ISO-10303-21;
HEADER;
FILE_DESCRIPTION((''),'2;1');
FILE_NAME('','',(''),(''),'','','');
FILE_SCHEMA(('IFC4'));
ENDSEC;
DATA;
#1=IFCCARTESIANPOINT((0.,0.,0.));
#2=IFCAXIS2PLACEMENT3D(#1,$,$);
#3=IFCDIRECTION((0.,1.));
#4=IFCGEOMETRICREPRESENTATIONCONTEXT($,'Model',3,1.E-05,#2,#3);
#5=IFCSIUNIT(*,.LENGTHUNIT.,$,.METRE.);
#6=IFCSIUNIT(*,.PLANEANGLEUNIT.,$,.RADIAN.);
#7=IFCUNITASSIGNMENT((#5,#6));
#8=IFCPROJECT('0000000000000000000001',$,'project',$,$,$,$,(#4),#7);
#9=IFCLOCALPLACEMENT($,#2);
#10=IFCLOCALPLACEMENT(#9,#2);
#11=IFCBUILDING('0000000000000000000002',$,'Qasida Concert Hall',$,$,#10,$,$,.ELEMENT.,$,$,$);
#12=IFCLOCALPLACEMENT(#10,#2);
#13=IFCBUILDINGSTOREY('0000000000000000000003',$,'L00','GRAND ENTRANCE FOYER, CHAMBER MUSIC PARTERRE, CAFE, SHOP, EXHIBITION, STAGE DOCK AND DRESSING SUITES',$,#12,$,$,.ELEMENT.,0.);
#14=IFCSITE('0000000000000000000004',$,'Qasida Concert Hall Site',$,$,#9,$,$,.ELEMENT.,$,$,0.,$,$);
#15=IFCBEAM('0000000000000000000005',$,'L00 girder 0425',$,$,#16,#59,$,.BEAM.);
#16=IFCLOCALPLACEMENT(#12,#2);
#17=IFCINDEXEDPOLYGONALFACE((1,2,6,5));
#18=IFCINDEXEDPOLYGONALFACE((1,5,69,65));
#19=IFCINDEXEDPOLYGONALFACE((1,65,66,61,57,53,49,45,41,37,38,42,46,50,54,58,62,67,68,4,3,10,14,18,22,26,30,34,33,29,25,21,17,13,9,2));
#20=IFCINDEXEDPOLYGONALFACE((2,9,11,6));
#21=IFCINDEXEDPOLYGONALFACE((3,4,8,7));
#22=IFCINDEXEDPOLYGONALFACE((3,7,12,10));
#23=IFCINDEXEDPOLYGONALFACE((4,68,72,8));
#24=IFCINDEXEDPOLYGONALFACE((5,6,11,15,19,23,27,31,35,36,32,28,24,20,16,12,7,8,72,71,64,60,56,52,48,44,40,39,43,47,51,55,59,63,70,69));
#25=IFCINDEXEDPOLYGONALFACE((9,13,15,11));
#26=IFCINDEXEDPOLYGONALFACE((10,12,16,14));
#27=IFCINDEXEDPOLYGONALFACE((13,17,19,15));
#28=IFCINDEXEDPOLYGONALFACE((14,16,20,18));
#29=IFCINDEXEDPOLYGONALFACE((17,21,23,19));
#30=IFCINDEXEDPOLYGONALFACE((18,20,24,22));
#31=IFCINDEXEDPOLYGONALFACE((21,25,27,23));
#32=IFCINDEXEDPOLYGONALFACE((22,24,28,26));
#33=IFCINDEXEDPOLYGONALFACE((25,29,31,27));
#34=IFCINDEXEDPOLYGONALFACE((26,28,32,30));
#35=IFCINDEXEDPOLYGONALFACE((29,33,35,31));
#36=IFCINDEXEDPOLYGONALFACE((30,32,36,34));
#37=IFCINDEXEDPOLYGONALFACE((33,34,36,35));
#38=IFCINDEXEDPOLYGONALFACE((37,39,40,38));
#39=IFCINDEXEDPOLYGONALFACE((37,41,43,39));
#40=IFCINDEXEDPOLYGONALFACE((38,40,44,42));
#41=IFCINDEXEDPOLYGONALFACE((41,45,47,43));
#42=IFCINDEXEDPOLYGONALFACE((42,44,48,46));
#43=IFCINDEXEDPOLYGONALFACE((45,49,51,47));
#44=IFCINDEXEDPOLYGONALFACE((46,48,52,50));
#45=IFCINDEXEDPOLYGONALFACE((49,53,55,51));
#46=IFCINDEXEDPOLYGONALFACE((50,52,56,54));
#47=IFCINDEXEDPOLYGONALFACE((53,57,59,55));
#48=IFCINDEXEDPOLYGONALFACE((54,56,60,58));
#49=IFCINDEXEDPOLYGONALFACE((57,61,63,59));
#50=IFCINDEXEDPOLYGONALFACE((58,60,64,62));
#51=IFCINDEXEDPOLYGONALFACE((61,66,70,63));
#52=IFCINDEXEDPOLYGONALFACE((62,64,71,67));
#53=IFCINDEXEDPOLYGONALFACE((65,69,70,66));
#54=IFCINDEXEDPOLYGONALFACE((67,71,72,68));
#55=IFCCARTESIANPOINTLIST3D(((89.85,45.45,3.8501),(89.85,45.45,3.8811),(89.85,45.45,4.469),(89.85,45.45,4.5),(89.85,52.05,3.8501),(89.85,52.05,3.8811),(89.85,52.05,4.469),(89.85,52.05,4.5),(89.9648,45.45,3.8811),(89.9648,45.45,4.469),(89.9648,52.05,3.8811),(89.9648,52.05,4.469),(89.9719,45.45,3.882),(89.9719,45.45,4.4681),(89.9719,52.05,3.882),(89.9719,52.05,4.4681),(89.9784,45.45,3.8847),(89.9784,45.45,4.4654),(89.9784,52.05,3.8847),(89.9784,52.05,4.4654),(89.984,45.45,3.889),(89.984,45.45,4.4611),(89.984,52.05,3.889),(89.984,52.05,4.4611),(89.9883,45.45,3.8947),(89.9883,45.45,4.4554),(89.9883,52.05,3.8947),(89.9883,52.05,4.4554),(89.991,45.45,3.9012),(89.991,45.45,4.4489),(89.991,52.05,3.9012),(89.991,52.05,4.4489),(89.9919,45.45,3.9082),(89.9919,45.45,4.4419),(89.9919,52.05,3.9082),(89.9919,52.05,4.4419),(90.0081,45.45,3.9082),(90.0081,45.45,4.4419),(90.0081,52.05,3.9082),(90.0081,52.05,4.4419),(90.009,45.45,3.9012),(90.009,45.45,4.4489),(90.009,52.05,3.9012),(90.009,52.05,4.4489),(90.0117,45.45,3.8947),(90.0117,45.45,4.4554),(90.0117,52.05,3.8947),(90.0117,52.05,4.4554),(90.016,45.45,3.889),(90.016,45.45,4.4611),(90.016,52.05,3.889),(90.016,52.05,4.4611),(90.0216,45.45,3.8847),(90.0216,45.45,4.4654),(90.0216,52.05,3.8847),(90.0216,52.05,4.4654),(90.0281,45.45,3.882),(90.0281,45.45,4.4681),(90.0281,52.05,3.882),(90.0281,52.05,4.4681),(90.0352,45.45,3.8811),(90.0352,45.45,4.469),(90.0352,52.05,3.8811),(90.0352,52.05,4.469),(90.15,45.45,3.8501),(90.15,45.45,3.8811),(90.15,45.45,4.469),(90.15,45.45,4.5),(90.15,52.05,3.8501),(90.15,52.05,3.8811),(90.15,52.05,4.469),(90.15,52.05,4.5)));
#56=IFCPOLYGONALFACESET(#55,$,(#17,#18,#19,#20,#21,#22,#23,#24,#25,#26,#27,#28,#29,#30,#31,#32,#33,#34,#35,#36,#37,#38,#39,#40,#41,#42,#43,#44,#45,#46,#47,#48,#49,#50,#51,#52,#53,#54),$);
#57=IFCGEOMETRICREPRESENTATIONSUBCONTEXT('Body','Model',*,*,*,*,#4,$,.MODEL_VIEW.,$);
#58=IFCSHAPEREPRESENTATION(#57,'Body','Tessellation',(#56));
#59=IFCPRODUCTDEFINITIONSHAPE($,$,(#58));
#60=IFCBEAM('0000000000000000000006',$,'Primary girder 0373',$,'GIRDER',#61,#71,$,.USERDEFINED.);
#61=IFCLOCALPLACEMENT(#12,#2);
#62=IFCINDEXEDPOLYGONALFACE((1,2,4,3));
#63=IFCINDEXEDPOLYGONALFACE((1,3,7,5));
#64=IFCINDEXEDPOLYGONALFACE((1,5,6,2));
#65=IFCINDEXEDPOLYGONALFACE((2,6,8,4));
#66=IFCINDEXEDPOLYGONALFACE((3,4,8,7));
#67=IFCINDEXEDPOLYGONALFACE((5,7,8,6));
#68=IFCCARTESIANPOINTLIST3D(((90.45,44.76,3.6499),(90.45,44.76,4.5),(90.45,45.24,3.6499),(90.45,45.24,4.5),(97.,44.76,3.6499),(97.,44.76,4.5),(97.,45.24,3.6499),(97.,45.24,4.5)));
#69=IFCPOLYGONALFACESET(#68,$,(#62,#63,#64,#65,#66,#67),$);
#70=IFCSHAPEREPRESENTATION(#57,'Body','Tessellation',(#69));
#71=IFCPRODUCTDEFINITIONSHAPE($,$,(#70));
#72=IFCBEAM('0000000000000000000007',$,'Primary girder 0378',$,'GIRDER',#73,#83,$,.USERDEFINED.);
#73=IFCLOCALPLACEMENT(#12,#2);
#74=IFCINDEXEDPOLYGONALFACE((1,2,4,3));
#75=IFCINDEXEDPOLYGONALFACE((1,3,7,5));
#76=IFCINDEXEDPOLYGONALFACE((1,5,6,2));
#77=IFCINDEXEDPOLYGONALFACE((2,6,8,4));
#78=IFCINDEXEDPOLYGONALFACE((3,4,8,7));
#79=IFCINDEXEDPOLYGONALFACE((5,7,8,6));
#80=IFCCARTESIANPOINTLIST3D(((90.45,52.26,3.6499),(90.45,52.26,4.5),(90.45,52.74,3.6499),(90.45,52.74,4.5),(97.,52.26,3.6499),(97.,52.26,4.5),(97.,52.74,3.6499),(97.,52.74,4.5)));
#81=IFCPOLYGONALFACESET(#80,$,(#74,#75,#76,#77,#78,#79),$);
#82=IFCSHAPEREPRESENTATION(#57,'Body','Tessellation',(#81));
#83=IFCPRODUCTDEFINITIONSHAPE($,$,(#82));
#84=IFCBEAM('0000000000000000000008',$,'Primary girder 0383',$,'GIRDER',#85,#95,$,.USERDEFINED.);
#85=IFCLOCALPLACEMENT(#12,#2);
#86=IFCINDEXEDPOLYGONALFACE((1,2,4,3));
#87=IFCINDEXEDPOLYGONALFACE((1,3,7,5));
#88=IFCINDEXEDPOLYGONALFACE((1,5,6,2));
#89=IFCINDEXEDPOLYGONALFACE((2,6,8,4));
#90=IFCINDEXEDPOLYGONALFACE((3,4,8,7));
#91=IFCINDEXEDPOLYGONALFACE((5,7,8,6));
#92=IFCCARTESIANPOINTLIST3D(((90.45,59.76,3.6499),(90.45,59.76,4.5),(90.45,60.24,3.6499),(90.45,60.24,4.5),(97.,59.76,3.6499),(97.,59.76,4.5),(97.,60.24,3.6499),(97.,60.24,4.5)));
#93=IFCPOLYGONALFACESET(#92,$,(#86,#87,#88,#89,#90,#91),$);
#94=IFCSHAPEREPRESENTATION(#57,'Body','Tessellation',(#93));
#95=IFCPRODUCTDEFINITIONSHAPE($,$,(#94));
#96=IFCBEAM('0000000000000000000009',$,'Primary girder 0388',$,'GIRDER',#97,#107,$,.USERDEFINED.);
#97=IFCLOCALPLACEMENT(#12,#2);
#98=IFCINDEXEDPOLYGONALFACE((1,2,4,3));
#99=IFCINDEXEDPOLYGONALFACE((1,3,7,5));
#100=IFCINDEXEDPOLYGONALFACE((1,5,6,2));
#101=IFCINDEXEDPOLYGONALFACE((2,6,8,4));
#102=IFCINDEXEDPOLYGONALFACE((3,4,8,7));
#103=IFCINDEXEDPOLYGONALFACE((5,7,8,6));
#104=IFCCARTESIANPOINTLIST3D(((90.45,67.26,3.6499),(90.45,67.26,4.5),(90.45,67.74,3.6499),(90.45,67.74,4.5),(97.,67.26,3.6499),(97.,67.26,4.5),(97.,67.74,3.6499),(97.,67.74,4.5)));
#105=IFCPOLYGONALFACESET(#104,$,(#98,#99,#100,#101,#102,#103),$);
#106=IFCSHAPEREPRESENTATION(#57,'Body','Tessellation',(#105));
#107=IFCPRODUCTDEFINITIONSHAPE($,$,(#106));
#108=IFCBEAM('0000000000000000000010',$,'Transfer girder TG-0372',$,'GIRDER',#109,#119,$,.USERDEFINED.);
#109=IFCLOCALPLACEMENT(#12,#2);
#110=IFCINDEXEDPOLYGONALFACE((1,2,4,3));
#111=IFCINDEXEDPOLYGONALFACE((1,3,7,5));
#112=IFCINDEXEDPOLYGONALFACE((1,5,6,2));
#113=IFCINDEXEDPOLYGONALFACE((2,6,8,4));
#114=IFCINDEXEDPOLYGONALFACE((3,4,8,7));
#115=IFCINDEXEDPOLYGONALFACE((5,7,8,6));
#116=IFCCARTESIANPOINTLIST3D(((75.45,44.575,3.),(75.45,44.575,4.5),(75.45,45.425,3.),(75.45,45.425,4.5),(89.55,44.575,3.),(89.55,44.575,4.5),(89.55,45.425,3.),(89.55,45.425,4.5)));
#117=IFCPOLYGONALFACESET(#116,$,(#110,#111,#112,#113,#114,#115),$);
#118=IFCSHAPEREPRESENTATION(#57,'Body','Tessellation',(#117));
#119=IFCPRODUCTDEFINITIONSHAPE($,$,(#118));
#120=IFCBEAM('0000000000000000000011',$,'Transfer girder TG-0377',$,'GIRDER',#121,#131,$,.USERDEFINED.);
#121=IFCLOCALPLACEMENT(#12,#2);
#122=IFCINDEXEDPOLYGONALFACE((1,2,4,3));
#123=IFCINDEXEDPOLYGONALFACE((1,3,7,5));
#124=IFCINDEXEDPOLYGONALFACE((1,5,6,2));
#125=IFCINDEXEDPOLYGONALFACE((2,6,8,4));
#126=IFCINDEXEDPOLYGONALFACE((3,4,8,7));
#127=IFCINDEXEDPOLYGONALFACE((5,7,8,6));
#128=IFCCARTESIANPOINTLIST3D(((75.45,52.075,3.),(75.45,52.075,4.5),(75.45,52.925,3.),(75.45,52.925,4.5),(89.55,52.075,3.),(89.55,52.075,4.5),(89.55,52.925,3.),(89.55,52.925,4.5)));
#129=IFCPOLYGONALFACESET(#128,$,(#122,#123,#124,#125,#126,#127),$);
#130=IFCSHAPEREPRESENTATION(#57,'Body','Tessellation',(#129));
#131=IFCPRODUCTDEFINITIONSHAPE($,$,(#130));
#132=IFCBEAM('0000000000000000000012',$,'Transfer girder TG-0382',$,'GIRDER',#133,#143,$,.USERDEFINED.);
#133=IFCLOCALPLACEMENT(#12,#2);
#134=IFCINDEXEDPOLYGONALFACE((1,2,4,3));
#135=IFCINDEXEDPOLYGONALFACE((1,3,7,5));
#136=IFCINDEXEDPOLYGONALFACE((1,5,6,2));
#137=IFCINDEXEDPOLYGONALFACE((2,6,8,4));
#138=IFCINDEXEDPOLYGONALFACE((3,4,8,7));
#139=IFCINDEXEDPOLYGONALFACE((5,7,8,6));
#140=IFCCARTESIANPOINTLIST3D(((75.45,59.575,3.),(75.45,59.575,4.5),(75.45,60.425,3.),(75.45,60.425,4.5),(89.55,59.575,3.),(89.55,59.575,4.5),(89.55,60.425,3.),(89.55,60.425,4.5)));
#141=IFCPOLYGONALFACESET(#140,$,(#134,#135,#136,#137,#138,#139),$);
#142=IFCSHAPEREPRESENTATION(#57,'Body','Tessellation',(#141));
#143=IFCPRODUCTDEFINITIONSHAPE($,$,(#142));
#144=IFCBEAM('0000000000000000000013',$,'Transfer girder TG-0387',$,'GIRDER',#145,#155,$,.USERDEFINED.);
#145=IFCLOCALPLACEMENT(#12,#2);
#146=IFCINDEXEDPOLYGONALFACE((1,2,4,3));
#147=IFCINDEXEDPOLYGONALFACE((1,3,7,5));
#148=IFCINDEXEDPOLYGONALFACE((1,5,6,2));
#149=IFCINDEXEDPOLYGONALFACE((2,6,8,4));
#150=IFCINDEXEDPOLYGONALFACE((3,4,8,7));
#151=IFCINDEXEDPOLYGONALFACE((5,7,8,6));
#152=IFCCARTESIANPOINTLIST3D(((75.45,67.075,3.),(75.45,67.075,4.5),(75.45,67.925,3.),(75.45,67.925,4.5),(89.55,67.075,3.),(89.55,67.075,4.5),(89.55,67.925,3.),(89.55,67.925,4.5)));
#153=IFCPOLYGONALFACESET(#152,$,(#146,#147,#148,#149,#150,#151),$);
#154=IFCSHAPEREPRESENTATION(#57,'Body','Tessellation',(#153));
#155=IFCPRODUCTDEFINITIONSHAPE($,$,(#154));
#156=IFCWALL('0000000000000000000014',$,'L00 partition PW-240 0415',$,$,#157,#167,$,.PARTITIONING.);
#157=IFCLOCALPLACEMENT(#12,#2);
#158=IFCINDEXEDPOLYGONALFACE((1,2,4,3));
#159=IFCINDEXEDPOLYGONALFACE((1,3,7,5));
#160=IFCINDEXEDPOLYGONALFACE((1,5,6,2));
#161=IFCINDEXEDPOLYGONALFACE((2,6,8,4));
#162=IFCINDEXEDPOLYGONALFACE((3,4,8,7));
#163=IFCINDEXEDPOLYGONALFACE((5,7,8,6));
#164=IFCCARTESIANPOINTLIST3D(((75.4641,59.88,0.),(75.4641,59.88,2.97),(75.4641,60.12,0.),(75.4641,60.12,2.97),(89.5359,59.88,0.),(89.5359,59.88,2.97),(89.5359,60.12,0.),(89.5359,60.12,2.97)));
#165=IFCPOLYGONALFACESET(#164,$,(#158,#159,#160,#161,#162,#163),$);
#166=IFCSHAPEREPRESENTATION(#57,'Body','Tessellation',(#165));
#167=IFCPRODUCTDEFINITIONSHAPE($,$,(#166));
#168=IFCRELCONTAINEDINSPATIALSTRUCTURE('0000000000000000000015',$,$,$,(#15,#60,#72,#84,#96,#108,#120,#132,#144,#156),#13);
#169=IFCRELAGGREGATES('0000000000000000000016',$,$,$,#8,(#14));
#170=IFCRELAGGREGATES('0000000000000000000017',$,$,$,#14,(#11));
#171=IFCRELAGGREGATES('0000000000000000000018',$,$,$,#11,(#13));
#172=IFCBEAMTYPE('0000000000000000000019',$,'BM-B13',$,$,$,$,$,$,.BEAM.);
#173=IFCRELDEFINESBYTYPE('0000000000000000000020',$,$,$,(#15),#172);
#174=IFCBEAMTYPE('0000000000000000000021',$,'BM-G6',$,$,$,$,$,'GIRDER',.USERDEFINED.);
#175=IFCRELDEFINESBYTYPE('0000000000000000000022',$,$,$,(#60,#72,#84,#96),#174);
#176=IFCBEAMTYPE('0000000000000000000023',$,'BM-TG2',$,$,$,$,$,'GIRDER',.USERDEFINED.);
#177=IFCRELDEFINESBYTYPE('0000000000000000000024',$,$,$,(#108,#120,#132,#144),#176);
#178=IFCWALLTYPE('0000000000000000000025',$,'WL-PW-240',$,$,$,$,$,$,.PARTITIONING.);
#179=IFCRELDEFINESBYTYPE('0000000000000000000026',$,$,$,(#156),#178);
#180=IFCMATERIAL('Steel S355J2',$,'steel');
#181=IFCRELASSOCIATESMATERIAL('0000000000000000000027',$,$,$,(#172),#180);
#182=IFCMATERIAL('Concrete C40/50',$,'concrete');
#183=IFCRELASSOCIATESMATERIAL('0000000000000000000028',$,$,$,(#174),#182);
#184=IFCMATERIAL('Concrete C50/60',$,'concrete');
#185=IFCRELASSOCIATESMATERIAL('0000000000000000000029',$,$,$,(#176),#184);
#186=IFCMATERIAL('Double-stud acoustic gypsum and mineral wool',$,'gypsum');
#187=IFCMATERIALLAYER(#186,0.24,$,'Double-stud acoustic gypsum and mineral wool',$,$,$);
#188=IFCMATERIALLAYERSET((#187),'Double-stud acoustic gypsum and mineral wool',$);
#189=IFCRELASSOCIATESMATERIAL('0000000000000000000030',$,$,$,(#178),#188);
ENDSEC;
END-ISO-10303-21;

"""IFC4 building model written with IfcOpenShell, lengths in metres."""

from ifc_helpers import new_model, si_unit, direction, frame, frame_2d, origin, origin_2d, place, context, subcontext, project, spatial, rectangle, i_section, extrude, material, layer, layer_set, material_profile, profile_set, type_object, element, save


model = new_model("IFC4")

# Units and contexts
model_context = context("Model", 3, precision=1e-05, world=origin(), true_north=direction((0.0, 1.0)))
body_context = subcontext(model_context, "Body", "Model", "MODEL_VIEW")
ifc_project = project(units=[si_unit("LENGTHUNIT", "METRE"), si_unit("PLANEANGLEUNIT", "RADIAN")], contexts=[model_context])

# Site, building, storey
site_placement = place(None, origin())
site = spatial("IfcSite", under=ifc_project, at=site_placement, Name="Qasida Concert Hall Site", CompositionType="ELEMENT", RefElevation=0.0)
building_placement = place(site_placement, origin())
building = spatial("IfcBuilding", under=site, at=building_placement, Name="Qasida Concert Hall", CompositionType="ELEMENT")
storey_placement = place(building_placement, origin())
storey = spatial("IfcBuildingStorey", under=building, at=storey_placement, Name="L00", Description="GRAND ENTRANCE FOYER, CHAMBER MUSIC PARTERRE, CAFE, SHOP, EXHIBITION, STAGE DOCK AND DRESSING SUITES", CompositionType="ELEMENT", Elevation=0.0)

# Shared definitions
ifc_material_1 = material(Name="Concrete C50/60", Category="concrete")

# Beams
ifc_material_2 = material(Name="Concrete C40/50", Category="concrete")
ifc_material_3 = material(Name="Steel S355J2", Category="steel")
ifc_material_profile_1 = material_profile(ifc_material_3, i_section(OverallWidth=0.3, OverallDepth=0.6499, WebThickness=0.0161, FlangeThickness=0.031, FilletRadius=0.0271, at=origin_2d()), Name="HEB 650")
ifc_profile_set_1 = profile_set([ifc_material_profile_1], Name="Steel S355J2")
beam_type_1 = type_object("IfcBeamType", Name="BM-B13", PredefinedType="BEAM", material=ifc_profile_set_1)
for number, where, z_axis, x_axis, name in (
    (1, (90.0, 45.45, 4.175), (0.0, 1.0, 0.0), (-1.0, 0.0, 0.0), "L00 girder 0425"),
):
    element("IfcBeam", number, at=place(storey_placement, frame(where, z_axis=z_axis, x_axis=x_axis)), inside=storey, type_object=beam_type_1, Name=name, PredefinedType="BEAM", context=body_context, shape_type="SweptSolid", body=[
        extrude(i_section(OverallWidth=0.3, OverallDepth=0.6499, WebThickness=0.0161, FlangeThickness=0.031, FilletRadius=0.0271, at=origin_2d()), origin(), (0.0, 0.0, 1.0), 6.6001),
    ])
ifc_material_profile_2 = material_profile(ifc_material_2, rectangle(XDim=0.48, YDim=0.8501, at=origin_2d()), Name="RC 480x850")
ifc_profile_set_2 = profile_set([ifc_material_profile_2], Name="Concrete C40/50")
beam_type_2 = type_object("IfcBeamType", Name="BM-G6", ElementType="GIRDER", PredefinedType="USERDEFINED", material=ifc_profile_set_2)
for number, where, z_axis, x_axis, name in (
    (2, (90.45, 45.0, 4.075), (1.0, 0.0, 0.0), (0.0, 1.0, 0.0), "Primary girder 0373"),
    (3, (90.45, 52.5, 4.075), (1.0, 0.0, 0.0), (0.0, 1.0, 0.0), "Primary girder 0378"),
    (4, (90.45, 60.0, 4.075), (1.0, 0.0, 0.0), (0.0, 1.0, 0.0), "Primary girder 0383"),
    (5, (90.45, 67.5, 4.075), (1.0, 0.0, 0.0), (0.0, 1.0, 0.0), "Primary girder 0388"),
):
    element("IfcBeam", number, at=place(storey_placement, frame(where, z_axis=z_axis, x_axis=x_axis)), inside=storey, type_object=beam_type_2, Name=name, ObjectType="GIRDER", PredefinedType="USERDEFINED", context=body_context, shape_type="SweptSolid", body=[
        extrude(rectangle(XDim=0.48, YDim=0.8501, at=origin_2d()), origin(), (0.0, 0.0, 1.0), 6.55),
    ])
ifc_material_profile_3 = material_profile(ifc_material_1, rectangle(XDim=0.8501, YDim=1.5, at=origin_2d()), Name="RC 850x1500")
ifc_profile_set_3 = profile_set([ifc_material_profile_3], Name="Concrete C50/60")
beam_type_3 = type_object("IfcBeamType", Name="BM-TG2", ElementType="GIRDER", PredefinedType="USERDEFINED", material=ifc_profile_set_3)
for number, where, z_axis, x_axis, name in (
    (6, (75.45, 45.0, 3.75), (1.0, 0.0, 0.0), (0.0, 1.0, 0.0), "Transfer girder TG-0372"),
    (7, (75.45, 52.5, 3.75), (1.0, 0.0, 0.0), (0.0, 1.0, 0.0), "Transfer girder TG-0377"),
    (8, (75.45, 60.0, 3.75), (1.0, 0.0, 0.0), (0.0, 1.0, 0.0), "Transfer girder TG-0382"),
    (9, (75.45, 67.5, 3.75), (1.0, 0.0, 0.0), (0.0, 1.0, 0.0), "Transfer girder TG-0387"),
):
    element("IfcBeam", number, at=place(storey_placement, frame(where, z_axis=z_axis, x_axis=x_axis)), inside=storey, type_object=beam_type_3, Name=name, ObjectType="GIRDER", PredefinedType="USERDEFINED", context=body_context, shape_type="SweptSolid", body=[
        extrude(rectangle(XDim=0.8501, YDim=1.5, at=origin_2d()), origin(), (0.0, 0.0, 1.0), 14.1001),
    ])

# Wall
ifc_material_4 = material(Name="Double-stud acoustic gypsum and mineral wool", Category="gypsum")
ifc_layer = layer(ifc_material_4, 0.24, Name="Double-stud acoustic gypsum and mineral wool")
ifc_layer_set = layer_set([ifc_layer], Name="Double-stud acoustic gypsum and mineral wool")
wall_type = type_object("IfcWallType", Name="WL-PW-240", PredefinedType="PARTITIONING", material=ifc_layer_set)
wall_1_placement = place(storey_placement, frame((75.4641, 60.0, 0.0), z_axis=(0.0, 0.0, 1.0), x_axis=(1.0, 0.0, 0.0)))
element("IfcWall", 10, at=wall_1_placement, inside=storey, type_object=wall_type, Name="L00 partition PW-240 0415", PredefinedType="PARTITIONING", context=body_context, shape_type="SweptSolid", body=[
    extrude(rectangle(XDim=14.0718, YDim=0.24, at=frame_2d((7.0359, 0.0))), origin(), (0.0, 0.0, 1.0), 2.97),
])

save(model, "model.ifc")
